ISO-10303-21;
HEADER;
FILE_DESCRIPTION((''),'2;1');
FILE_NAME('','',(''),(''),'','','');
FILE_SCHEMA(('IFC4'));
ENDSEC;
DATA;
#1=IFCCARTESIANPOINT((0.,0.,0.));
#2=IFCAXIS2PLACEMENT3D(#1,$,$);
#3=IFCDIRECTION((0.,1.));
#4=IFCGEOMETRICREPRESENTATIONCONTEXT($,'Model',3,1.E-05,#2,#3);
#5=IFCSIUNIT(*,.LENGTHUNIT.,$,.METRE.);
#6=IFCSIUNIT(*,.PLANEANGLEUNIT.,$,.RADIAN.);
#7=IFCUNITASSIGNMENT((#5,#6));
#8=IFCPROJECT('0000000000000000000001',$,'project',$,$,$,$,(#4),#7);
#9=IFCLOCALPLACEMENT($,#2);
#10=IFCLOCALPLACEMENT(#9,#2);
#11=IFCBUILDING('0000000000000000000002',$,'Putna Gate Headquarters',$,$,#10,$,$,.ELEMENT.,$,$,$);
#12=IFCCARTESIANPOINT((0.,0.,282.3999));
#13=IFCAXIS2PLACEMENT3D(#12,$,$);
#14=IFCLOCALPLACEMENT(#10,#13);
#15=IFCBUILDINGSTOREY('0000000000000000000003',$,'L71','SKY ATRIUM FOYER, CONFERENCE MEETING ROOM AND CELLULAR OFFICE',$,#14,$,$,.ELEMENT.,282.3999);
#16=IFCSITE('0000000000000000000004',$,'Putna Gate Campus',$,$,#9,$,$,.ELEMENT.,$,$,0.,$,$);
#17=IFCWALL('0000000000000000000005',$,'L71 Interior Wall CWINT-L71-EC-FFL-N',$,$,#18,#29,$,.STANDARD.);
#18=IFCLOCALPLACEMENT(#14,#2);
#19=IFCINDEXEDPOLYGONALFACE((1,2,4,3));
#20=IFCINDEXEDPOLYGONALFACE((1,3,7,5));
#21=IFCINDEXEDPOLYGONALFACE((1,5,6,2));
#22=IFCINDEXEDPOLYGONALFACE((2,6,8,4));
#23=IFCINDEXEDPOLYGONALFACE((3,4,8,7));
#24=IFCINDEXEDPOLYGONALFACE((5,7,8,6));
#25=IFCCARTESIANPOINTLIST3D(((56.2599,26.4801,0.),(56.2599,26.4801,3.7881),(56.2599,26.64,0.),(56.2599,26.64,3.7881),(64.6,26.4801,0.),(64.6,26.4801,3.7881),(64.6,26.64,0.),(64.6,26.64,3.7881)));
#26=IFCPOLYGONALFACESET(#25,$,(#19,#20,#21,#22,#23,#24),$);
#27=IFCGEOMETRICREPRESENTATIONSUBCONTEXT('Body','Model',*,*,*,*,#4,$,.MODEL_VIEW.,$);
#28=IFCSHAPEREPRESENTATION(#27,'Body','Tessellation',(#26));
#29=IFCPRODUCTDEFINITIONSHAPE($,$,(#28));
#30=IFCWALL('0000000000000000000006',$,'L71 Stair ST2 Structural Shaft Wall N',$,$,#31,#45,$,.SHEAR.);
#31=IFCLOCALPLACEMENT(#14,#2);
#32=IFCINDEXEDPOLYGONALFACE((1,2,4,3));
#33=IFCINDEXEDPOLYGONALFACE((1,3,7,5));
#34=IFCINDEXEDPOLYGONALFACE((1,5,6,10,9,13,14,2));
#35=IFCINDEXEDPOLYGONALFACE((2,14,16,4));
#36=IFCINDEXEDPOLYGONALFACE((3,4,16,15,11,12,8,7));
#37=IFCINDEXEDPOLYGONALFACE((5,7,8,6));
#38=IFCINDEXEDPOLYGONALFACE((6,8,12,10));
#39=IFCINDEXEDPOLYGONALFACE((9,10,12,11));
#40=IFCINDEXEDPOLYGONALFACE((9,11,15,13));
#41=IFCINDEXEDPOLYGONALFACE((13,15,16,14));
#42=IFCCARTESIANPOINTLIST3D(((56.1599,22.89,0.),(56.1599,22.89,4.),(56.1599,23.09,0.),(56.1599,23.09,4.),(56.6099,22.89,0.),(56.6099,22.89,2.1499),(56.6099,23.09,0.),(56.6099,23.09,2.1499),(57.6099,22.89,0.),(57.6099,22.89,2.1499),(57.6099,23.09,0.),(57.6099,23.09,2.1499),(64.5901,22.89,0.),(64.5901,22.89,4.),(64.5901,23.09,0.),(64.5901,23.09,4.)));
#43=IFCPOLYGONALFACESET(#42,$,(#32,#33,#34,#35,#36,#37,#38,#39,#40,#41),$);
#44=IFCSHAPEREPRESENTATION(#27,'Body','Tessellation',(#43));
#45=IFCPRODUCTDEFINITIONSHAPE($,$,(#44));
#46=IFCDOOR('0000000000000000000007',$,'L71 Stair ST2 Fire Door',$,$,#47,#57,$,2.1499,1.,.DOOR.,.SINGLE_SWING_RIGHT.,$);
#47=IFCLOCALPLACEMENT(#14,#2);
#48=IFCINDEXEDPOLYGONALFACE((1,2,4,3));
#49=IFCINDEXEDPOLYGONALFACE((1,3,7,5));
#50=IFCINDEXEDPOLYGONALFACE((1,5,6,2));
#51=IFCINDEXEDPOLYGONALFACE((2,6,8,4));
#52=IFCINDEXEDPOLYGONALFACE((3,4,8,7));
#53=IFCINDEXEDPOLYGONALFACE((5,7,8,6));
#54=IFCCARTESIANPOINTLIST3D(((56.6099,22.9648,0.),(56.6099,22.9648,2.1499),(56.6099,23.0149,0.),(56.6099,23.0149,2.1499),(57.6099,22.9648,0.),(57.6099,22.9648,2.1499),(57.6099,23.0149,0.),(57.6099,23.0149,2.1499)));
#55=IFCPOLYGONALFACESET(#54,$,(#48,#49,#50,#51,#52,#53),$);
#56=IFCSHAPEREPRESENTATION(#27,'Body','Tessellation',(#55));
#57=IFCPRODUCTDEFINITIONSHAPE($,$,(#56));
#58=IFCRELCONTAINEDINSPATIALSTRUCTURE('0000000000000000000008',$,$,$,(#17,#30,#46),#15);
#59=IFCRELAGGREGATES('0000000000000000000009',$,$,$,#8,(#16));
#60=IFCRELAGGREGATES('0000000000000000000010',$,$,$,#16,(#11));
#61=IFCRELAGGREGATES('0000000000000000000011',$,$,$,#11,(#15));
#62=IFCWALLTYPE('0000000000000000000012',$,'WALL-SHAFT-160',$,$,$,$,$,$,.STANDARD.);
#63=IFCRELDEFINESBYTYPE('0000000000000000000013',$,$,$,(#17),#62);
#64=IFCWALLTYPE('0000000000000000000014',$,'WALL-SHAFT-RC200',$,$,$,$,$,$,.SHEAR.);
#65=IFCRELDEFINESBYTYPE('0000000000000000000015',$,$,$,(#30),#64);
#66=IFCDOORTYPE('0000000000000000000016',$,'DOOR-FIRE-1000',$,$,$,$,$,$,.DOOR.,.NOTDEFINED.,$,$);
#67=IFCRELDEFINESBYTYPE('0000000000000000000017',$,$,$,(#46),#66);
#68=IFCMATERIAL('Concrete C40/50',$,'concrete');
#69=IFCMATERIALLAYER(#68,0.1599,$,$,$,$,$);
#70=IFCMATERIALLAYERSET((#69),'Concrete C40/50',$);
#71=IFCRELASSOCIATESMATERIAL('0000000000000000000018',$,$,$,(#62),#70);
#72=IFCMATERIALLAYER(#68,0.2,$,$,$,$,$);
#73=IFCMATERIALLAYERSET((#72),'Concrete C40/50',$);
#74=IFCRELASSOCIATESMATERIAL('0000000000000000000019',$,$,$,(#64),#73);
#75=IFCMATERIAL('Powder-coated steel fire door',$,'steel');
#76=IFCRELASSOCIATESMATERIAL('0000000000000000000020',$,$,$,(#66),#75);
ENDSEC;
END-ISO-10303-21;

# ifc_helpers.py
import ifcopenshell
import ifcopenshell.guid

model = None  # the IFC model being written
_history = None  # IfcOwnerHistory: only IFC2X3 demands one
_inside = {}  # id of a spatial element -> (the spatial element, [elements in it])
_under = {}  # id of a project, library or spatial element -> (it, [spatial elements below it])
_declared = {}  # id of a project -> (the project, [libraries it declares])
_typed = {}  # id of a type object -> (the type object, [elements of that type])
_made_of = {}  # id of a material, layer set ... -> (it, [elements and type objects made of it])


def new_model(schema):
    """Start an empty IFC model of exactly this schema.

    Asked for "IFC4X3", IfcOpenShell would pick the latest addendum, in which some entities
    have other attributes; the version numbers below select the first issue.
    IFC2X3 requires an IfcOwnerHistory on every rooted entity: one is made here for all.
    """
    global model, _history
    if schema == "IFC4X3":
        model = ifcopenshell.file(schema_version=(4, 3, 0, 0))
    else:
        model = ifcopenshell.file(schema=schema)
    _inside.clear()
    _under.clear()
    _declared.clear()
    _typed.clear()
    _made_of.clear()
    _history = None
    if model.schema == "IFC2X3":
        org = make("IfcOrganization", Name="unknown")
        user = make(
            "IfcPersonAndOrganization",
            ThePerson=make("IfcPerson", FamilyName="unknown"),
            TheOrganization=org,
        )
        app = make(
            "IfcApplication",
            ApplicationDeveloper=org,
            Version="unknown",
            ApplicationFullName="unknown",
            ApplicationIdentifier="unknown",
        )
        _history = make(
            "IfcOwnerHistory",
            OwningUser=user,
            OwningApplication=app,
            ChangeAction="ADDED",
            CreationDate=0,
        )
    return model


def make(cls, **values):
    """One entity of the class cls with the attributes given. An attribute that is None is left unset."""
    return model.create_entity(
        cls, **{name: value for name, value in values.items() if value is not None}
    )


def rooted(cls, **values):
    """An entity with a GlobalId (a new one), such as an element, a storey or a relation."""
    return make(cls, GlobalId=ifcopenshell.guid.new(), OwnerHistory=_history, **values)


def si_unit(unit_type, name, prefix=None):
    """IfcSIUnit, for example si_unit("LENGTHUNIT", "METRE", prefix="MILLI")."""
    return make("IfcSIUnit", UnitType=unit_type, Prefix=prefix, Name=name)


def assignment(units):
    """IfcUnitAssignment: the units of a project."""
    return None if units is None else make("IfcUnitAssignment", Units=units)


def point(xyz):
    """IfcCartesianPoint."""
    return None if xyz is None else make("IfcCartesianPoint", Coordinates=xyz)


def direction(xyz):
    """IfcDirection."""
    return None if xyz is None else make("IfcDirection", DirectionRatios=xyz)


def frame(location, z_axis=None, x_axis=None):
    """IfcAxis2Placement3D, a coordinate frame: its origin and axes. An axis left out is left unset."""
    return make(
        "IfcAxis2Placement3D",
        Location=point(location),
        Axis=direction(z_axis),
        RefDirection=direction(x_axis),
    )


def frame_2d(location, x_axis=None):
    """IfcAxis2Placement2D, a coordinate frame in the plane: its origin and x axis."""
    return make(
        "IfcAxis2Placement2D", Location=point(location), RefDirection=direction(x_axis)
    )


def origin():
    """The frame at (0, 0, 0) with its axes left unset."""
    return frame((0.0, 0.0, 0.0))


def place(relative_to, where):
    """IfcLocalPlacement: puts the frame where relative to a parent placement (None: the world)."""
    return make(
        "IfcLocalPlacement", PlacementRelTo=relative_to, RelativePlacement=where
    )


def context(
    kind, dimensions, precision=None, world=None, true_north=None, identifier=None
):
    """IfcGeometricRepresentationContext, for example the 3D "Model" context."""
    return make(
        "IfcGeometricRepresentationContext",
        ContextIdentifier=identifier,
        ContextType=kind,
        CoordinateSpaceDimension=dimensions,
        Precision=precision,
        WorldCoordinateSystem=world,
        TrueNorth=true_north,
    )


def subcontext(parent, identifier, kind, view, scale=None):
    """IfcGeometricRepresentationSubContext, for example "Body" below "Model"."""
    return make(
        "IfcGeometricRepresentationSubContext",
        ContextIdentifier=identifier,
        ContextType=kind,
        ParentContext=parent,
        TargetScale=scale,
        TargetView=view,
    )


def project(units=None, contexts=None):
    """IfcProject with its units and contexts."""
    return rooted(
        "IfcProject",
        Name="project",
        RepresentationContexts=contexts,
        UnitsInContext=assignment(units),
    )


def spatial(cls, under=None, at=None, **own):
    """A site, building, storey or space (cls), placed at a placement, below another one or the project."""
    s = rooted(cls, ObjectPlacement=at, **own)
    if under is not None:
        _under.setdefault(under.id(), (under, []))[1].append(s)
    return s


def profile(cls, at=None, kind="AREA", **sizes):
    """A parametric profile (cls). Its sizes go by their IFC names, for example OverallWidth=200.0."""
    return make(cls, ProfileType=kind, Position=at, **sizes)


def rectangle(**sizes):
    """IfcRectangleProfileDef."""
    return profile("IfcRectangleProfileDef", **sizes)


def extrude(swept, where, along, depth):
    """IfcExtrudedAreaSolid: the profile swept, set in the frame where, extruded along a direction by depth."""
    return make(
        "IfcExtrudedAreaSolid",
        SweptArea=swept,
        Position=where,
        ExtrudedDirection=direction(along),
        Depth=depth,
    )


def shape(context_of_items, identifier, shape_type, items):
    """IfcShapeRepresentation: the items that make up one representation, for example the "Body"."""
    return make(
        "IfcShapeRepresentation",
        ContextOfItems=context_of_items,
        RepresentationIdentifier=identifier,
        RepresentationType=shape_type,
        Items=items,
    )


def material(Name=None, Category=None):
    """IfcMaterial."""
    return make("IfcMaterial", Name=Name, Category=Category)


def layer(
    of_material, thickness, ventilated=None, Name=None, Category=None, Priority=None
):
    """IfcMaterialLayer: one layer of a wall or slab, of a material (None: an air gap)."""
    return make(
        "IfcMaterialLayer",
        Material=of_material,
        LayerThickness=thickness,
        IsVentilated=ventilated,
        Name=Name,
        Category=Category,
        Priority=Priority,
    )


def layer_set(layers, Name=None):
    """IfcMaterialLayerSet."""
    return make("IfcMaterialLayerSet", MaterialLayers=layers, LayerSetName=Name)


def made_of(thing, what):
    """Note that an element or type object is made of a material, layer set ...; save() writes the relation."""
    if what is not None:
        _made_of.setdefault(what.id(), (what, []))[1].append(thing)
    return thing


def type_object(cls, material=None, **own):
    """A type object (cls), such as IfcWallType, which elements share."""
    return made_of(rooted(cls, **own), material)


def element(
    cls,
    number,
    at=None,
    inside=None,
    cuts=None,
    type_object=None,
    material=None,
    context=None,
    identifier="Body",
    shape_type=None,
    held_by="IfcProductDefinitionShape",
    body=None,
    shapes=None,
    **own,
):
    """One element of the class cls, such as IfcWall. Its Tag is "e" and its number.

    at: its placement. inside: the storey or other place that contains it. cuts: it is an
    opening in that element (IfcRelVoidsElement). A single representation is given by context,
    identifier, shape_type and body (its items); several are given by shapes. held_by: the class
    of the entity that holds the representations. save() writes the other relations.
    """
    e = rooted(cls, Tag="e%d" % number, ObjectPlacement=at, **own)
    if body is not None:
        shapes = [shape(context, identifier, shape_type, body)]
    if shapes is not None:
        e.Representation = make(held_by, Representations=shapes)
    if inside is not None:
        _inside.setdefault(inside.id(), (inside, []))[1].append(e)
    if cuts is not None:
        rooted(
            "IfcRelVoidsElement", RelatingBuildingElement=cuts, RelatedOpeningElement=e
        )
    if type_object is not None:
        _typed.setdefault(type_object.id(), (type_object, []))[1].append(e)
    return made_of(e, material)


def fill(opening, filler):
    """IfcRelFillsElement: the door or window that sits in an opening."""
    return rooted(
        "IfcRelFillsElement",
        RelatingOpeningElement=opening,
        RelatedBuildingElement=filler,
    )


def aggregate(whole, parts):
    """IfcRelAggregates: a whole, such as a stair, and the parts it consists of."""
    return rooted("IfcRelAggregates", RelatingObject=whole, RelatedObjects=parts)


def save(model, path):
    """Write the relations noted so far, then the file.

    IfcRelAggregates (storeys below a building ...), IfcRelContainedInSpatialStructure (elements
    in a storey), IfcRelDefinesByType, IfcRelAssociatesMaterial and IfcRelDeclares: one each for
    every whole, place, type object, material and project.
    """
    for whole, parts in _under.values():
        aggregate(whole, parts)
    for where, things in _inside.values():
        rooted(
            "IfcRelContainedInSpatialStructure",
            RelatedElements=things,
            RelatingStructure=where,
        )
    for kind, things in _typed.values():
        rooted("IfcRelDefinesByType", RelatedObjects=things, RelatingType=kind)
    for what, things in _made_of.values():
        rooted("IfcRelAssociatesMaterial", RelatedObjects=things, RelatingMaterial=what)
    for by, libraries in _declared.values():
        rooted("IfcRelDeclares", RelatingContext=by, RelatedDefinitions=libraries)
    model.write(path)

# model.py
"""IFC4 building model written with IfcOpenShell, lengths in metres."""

from ifc_helpers import new_model, si_unit, direction, frame, frame_2d, origin, place, context, subcontext, project, spatial, rectangle, extrude, material, layer, layer_set, type_object, element, fill, save


model = new_model("IFC4")

# Units and contexts
model_context = context("Model", 3, precision=1e-05, world=origin(), true_north=direction((0.0, 1.0)))
body_context = subcontext(model_context, "Body", "Model", "MODEL_VIEW")
ifc_project = project(units=[si_unit("LENGTHUNIT", "METRE"), si_unit("PLANEANGLEUNIT", "RADIAN")], contexts=[model_context])

# Site, building, storey
site_placement = place(None, origin())
site = spatial("IfcSite", under=ifc_project, at=site_placement, Name="Putna Gate Campus", CompositionType="ELEMENT", RefElevation=0.0)
building_placement = place(site_placement, origin())
building = spatial("IfcBuilding", under=site, at=building_placement, Name="Putna Gate Headquarters", CompositionType="ELEMENT")
storey_placement = place(building_placement, frame((0.0, 0.0, 282.3999)))
storey = spatial("IfcBuildingStorey", under=building, at=storey_placement, Name="L71", Description="SKY ATRIUM FOYER, CONFERENCE MEETING ROOM AND CELLULAR OFFICE", CompositionType="ELEMENT", Elevation=282.3999)

# Shared definitions
ifc_material_1 = material(Name="Concrete C40/50", Category="concrete")
ifc_layer_1 = layer(ifc_material_1, 0.1599)
ifc_layer_set_1 = layer_set([ifc_layer_1], Name="Concrete C40/50")
wall_type_1 = type_object("IfcWallType", Name="WALL-SHAFT-160", PredefinedType="STANDARD", material=ifc_layer_set_1)

# Wall
wall_1_placement = place(storey_placement, frame((56.26, 26.5601, 0.0), z_axis=(0.0, 0.0, 1.0), x_axis=(1.0, 0.0, 0.0)))
element("IfcWall", 1, at=wall_1_placement, inside=storey, type_object=wall_type_1, Name="L71 Interior Wall CWINT-L71-EC-FFL-N", PredefinedType="STANDARD", context=body_context, shape_type="SweptSolid", body=[
    extrude(rectangle(XDim=8.3401, YDim=0.1599, at=frame_2d((4.1699, 0.0))), origin(), (0.0, 0.0, 1.0), 3.7881),
])

# Wall, opening, door
ifc_layer_2 = layer(ifc_material_1, 0.2)
ifc_layer_set_2 = layer_set([ifc_layer_2], Name="Concrete C40/50")
wall_type_2 = type_object("IfcWallType", Name="WALL-SHAFT-RC200", PredefinedType="SHEAR", material=ifc_layer_set_2)
wall_2_placement = place(storey_placement, frame((56.1599, 22.99, 0.0), z_axis=(0.0, 0.0, 1.0), x_axis=(1.0, 0.0, 0.0)))
wall_2 = element("IfcWall", 2, at=wall_2_placement, inside=storey, type_object=wall_type_2, Name="L71 Stair ST2 Structural Shaft Wall N", PredefinedType="SHEAR", context=body_context, shape_type="SweptSolid", body=[
    extrude(rectangle(XDim=8.4302, YDim=0.2, at=frame_2d((4.2151, 0.0))), origin(), (0.0, 0.0, 1.0), 4.0),
])
opening_1_placement = place(wall_2_placement, frame((0.45, 0.0, 0.0)))
opening_1 = element("IfcOpeningElement", 3, at=opening_1_placement, cuts=wall_2, PredefinedType="OPENING", context=body_context, shape_type="SweptSolid", body=[
    extrude(rectangle(XDim=1.0, YDim=2.1499, at=frame_2d((0.5, 1.075))), frame((0.0, 0.1099, 0.0), z_axis=(0.0, -1.0, 0.0), x_axis=(1.0, 0.0, 0.0)), (0.0, 0.0, 1.0), 0.22),
])
ifc_material_2 = material(Name="Powder-coated steel fire door", Category="steel")
door_type_1 = type_object("IfcDoorType", Name="DOOR-FIRE-1000", OperationType="NOTDEFINED", PredefinedType="DOOR", material=ifc_material_2)
door_1_placement = place(opening_1_placement, origin())
door_1 = element("IfcDoor", 4, at=door_1_placement, inside=storey, type_object=door_type_1, Name="L71 Stair ST2 Fire Door", OperationType="SINGLE_SWING_RIGHT", OverallHeight=2.1499, OverallWidth=1.0, PredefinedType="DOOR", context=body_context, shape_type="SweptSolid", body=[
    extrude(rectangle(XDim=1.0, YDim=2.1499, at=frame_2d((0.5, 1.075))), frame((0.0, 0.0249, 0.0), z_axis=(0.0, -1.0, 0.0), x_axis=(1.0, 0.0, 0.0)), (0.0, 0.0, 1.0), 0.05),
])
fill(opening_1, door_1)

save(model, "model.ifc")
